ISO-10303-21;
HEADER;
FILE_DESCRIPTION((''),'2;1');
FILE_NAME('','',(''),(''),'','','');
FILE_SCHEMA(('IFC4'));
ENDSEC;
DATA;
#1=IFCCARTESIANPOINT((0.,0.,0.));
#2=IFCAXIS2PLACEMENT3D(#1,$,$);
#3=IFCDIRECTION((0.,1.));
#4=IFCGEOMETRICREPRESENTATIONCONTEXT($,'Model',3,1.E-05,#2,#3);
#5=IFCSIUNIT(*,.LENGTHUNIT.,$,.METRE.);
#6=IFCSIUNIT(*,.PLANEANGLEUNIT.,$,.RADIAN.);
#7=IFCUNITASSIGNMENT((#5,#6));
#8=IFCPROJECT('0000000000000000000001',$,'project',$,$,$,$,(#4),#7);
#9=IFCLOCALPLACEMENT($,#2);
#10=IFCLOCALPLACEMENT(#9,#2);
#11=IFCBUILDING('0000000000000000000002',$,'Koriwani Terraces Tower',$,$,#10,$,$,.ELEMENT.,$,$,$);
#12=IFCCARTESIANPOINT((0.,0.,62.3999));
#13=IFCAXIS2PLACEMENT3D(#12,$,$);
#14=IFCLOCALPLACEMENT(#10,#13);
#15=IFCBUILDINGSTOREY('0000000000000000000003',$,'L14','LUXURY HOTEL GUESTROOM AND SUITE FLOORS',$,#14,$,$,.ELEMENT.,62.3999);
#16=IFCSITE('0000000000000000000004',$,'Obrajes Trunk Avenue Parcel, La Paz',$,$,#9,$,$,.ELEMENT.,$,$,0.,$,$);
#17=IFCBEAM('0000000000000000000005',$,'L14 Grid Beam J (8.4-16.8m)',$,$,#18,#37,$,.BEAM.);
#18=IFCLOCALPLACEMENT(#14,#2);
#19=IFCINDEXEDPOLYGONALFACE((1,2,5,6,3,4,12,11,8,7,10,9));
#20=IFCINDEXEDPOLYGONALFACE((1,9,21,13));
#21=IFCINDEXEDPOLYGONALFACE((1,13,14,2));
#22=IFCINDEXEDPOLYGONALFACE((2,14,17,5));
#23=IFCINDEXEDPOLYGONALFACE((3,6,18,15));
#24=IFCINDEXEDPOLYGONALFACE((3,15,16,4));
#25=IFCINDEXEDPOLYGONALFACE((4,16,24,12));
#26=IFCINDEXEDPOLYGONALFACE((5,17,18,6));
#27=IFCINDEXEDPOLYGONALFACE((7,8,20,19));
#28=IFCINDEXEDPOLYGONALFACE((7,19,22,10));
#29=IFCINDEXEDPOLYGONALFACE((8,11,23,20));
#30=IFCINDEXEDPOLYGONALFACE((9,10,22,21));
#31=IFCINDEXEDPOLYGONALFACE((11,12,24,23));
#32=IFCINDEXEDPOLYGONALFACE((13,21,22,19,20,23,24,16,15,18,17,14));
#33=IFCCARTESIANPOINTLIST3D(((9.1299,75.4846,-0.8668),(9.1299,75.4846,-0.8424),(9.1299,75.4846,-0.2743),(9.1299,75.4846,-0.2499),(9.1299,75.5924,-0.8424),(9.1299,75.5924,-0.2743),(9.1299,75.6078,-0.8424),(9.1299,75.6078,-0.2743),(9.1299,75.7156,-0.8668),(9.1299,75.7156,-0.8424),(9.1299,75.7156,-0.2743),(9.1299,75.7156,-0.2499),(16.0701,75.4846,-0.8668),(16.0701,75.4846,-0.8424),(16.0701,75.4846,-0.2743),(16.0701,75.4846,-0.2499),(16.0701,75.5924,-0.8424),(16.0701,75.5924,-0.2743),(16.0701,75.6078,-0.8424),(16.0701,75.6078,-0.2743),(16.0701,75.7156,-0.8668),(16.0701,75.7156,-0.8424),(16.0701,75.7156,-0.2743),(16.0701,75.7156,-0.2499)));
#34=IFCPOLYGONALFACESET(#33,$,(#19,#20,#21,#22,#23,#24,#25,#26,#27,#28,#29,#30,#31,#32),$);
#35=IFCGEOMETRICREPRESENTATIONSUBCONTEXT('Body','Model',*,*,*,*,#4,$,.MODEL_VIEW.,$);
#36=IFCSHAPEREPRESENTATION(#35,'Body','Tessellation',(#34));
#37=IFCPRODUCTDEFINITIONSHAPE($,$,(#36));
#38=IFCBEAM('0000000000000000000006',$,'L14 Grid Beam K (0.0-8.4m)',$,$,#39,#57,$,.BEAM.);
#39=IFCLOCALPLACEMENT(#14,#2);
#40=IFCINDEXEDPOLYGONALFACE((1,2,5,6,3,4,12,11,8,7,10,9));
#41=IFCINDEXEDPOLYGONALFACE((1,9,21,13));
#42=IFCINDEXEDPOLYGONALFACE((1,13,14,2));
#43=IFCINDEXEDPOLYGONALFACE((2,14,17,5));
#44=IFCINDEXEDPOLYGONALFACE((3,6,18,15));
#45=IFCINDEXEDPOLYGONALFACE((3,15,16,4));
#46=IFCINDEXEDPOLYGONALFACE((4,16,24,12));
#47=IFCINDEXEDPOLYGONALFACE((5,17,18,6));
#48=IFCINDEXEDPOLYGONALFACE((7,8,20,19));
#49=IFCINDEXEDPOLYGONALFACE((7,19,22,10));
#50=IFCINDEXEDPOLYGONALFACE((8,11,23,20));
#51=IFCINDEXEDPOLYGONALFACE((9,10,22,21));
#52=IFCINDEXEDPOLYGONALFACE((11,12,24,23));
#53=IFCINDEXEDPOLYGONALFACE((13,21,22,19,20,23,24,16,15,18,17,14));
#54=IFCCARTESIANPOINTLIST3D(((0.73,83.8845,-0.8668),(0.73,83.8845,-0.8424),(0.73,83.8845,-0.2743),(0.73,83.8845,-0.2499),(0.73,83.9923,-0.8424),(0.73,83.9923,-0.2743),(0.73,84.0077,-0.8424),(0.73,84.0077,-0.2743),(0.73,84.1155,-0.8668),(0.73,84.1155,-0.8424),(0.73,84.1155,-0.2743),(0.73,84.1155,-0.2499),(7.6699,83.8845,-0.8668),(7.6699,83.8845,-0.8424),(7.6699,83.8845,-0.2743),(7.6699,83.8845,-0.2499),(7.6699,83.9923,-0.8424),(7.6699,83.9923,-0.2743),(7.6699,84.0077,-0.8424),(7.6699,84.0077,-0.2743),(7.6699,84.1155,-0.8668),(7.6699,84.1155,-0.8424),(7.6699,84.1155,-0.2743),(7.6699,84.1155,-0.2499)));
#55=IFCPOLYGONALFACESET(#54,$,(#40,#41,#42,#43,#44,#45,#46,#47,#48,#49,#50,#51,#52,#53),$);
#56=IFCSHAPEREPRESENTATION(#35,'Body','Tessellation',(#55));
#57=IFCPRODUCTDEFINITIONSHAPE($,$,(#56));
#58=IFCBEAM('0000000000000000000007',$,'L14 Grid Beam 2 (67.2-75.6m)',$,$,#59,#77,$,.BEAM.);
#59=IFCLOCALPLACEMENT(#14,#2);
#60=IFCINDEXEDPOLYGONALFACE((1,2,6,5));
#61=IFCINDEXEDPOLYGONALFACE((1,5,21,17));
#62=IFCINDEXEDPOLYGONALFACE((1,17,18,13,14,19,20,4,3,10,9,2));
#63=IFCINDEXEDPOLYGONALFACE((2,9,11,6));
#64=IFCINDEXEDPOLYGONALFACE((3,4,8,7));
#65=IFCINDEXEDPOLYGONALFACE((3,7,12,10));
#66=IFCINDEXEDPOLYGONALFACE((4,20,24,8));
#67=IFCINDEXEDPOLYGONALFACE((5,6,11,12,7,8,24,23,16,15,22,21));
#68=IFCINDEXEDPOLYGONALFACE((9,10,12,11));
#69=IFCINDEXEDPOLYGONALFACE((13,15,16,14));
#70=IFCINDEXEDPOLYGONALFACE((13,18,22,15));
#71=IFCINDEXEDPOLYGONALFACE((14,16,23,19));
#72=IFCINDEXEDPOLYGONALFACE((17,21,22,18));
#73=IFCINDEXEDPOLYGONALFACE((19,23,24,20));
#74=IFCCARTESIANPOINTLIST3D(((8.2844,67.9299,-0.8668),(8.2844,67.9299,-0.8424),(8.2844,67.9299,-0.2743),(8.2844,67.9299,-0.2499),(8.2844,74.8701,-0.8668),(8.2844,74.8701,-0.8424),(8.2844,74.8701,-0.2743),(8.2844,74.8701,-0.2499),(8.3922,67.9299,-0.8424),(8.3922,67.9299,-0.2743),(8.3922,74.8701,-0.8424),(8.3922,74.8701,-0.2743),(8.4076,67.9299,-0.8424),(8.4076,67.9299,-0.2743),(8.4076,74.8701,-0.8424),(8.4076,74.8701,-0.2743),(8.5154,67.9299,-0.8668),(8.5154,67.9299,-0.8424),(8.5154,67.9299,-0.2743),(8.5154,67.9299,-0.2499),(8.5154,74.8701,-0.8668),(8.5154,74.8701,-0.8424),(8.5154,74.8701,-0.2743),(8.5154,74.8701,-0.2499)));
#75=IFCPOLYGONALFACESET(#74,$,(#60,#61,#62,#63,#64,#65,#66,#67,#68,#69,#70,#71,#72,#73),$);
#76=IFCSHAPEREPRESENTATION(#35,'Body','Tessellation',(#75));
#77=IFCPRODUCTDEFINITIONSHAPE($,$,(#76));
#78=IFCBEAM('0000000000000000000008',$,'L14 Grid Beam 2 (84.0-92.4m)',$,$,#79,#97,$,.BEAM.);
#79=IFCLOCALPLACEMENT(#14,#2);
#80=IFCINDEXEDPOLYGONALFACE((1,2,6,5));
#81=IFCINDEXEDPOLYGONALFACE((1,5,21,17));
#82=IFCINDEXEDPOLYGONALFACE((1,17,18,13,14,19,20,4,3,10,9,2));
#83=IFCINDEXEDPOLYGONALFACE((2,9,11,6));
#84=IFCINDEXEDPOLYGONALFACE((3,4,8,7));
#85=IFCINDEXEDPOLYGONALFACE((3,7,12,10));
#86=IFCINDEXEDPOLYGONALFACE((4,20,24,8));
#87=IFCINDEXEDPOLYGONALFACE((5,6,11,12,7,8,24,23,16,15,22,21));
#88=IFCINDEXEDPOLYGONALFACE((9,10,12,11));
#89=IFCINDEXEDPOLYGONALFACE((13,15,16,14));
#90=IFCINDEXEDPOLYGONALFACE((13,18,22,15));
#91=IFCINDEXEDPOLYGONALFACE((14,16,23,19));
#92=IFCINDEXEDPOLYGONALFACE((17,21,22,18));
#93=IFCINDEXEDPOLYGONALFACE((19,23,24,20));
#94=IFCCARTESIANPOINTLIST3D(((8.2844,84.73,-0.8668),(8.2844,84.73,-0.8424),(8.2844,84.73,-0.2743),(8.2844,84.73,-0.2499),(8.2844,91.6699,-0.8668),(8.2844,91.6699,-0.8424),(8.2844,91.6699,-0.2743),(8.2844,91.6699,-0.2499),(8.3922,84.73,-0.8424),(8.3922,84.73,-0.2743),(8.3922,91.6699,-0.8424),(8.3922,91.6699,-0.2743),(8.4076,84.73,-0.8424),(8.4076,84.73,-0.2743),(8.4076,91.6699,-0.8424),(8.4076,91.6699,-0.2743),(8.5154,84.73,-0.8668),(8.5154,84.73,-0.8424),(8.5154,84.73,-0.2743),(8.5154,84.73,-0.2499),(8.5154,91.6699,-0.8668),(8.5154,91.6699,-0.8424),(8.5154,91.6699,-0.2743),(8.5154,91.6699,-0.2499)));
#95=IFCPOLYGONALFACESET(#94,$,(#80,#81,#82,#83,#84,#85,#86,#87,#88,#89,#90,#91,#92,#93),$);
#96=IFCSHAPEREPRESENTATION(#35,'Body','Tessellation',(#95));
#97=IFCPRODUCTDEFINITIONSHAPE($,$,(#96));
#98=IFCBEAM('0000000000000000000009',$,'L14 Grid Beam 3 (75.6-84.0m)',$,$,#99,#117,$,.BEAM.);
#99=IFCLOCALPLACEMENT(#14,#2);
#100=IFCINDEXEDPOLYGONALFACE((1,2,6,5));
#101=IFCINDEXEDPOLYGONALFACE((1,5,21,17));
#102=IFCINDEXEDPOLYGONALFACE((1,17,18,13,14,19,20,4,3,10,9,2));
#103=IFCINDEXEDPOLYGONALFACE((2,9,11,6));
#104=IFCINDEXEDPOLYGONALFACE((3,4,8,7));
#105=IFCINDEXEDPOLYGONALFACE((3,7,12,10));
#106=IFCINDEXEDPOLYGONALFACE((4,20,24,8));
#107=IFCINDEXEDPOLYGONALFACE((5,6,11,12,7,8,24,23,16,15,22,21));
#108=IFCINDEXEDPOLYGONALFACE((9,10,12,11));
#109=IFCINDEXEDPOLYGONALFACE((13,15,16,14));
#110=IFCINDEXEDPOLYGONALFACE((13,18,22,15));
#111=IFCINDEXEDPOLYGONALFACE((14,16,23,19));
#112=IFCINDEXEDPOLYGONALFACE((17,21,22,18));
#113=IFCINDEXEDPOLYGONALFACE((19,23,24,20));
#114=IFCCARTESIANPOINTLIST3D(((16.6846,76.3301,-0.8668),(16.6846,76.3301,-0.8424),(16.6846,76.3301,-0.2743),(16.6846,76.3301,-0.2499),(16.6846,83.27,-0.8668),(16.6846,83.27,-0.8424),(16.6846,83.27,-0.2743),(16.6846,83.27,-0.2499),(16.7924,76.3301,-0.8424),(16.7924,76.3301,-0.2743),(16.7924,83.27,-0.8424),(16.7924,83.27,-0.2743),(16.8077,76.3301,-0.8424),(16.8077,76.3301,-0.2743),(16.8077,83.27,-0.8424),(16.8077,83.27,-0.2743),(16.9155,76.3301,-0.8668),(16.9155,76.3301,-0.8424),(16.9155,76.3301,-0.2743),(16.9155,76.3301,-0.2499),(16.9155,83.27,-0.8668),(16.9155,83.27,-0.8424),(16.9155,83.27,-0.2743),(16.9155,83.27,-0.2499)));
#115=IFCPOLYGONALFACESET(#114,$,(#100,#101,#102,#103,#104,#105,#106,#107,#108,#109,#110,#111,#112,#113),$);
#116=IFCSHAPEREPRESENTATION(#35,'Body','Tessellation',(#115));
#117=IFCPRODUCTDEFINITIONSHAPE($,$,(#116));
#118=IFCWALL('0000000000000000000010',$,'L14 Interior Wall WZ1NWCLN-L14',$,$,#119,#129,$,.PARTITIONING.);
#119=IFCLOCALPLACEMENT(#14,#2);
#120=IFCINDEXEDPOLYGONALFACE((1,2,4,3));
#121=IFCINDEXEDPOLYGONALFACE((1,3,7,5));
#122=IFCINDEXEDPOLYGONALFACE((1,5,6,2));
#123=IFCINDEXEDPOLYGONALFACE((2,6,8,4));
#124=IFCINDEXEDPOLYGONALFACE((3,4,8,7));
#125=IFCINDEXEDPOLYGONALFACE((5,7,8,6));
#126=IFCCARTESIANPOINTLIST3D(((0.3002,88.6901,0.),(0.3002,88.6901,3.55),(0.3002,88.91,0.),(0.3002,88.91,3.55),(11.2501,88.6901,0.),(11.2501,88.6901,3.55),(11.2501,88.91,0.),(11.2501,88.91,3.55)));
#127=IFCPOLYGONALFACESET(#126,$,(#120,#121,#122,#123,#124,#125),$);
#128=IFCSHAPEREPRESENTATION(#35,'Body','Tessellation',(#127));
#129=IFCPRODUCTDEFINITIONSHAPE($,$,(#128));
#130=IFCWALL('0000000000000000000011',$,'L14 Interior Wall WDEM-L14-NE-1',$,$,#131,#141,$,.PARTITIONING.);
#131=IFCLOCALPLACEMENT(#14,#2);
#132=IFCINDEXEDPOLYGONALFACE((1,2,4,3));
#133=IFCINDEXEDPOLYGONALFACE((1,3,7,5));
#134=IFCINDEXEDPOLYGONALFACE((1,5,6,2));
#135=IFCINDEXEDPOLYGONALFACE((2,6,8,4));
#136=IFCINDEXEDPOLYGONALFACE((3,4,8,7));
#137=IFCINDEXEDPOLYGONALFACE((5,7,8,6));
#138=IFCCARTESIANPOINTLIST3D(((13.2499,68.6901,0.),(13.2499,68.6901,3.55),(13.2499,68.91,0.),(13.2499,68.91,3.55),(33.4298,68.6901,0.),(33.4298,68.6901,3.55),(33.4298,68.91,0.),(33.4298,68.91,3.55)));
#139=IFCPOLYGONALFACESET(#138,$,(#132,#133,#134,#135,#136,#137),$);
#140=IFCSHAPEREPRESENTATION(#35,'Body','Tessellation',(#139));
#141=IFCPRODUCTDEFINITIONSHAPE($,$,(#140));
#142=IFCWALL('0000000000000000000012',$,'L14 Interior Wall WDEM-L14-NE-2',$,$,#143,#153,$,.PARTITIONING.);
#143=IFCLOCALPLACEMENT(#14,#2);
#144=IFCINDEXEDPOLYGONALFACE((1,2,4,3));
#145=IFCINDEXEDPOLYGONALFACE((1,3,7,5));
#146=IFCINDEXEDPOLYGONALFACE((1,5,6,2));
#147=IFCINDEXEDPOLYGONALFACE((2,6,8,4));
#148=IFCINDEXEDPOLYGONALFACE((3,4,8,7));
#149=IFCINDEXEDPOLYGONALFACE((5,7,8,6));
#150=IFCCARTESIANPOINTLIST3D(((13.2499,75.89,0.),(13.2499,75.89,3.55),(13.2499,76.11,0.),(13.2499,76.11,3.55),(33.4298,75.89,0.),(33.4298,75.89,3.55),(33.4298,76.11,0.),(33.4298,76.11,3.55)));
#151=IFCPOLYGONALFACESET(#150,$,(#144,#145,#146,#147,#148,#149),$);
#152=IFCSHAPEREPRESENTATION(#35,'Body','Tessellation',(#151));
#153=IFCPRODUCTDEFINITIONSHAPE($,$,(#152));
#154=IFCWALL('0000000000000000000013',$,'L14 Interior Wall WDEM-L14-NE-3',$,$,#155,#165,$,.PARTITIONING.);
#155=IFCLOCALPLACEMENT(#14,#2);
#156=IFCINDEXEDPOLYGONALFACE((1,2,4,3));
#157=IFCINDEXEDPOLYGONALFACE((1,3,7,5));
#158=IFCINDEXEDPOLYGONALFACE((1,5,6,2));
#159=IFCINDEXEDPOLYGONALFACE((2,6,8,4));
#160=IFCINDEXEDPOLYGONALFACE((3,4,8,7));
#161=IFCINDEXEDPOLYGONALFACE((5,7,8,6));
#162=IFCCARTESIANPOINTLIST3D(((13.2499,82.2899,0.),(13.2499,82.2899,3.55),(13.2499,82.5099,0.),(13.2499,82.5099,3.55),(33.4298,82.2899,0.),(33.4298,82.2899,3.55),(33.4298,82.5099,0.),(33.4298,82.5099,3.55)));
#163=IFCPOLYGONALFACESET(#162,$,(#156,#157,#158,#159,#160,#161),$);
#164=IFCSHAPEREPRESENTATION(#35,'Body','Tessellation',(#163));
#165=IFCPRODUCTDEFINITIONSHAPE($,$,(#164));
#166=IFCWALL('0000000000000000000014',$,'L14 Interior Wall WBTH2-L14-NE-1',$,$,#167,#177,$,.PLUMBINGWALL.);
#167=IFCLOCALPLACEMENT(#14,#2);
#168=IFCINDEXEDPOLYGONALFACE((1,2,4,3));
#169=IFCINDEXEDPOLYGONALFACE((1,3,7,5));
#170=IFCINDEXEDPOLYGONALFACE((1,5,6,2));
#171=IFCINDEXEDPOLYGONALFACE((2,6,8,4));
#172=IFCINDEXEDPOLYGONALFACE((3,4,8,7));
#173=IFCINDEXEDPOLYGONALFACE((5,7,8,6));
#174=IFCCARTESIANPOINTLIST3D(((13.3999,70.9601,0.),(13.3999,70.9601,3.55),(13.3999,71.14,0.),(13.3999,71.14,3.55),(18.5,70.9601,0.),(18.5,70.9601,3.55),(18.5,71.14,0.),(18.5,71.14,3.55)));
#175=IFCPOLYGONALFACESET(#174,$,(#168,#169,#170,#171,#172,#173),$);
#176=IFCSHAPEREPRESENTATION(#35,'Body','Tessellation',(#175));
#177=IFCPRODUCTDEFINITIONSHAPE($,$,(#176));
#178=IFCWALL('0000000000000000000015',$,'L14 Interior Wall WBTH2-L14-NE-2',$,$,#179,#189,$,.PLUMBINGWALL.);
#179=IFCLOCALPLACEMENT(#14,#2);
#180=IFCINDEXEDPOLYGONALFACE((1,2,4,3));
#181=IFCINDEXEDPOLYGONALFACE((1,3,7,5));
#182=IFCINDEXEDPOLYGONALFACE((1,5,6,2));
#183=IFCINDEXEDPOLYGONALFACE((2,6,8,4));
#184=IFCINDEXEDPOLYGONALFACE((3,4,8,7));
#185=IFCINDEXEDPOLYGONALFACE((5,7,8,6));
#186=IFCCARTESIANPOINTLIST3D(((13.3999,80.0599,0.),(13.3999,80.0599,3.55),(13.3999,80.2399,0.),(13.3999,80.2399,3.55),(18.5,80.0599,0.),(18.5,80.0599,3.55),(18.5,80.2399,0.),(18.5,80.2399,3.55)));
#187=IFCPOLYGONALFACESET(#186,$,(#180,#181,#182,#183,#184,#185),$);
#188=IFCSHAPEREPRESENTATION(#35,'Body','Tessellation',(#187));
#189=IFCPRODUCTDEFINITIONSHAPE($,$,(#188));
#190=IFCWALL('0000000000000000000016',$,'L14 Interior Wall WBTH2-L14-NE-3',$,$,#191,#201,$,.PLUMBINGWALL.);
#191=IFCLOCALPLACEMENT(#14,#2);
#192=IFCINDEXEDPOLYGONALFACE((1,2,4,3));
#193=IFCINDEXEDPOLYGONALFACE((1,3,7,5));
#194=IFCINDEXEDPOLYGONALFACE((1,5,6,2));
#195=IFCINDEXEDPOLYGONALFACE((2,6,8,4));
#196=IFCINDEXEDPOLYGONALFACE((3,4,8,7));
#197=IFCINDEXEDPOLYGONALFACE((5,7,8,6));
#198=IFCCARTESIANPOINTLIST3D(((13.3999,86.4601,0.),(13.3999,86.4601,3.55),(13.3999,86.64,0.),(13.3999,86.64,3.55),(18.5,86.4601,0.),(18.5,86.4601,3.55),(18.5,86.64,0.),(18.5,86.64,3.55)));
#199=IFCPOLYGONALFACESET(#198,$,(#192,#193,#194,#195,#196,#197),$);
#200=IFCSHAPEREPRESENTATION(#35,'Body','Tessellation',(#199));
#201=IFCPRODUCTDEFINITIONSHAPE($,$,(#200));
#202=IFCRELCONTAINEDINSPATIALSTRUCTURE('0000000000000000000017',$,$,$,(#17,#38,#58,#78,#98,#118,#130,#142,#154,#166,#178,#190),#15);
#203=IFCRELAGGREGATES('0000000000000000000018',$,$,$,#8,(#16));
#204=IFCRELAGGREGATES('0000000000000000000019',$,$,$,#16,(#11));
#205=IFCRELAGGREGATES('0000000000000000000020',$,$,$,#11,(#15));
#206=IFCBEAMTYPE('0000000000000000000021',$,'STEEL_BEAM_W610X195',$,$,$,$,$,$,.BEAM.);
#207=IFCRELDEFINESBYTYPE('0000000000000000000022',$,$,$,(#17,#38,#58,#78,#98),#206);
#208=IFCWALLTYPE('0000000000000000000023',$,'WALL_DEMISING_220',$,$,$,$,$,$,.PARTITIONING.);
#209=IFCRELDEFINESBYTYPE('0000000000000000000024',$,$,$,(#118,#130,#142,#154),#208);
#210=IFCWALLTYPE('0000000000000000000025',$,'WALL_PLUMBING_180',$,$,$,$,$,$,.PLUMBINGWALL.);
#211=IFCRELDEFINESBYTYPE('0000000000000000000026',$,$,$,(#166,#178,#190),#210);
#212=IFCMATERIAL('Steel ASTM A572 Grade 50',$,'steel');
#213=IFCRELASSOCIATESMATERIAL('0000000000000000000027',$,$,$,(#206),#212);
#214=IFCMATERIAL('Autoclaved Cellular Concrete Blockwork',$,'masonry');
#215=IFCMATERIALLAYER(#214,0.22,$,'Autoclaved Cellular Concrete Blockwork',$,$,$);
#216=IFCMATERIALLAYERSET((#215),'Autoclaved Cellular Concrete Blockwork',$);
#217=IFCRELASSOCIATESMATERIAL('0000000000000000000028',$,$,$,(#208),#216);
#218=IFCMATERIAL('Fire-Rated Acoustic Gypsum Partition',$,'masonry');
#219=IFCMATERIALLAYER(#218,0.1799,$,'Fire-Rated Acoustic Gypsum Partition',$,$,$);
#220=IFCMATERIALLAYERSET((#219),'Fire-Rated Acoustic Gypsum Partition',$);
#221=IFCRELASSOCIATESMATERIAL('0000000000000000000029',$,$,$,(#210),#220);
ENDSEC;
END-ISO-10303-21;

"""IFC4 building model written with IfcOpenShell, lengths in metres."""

from ifc_helpers import new_model, si_unit, direction, frame, frame_2d, origin, origin_2d, place, context, subcontext, project, spatial, rectangle, i_section, extrude, material, layer, layer_set, material_profile, profile_set, type_object, element, save


model = new_model("IFC4")

# Units and contexts
model_context = context("Model", 3, precision=1e-05, world=origin(), true_north=direction((0.0, 1.0)))
body_context = subcontext(model_context, "Body", "Model", "MODEL_VIEW")
ifc_project = project(units=[si_unit("LENGTHUNIT", "METRE"), si_unit("PLANEANGLEUNIT", "RADIAN")], contexts=[model_context])

# Site, building, storey
site_placement = place(None, origin())
site = spatial("IfcSite", under=ifc_project, at=site_placement, Name="Obrajes Trunk Avenue Parcel, La Paz", CompositionType="ELEMENT", RefElevation=0.0)
building_placement = place(site_placement, origin())
building = spatial("IfcBuilding", under=site, at=building_placement, Name="Koriwani Terraces Tower", CompositionType="ELEMENT")
storey_placement = place(building_placement, frame((0.0, 0.0, 62.3999)))
storey = spatial("IfcBuildingStorey", under=building, at=storey_placement, Name="L14", Description="LUXURY HOTEL GUESTROOM AND SUITE FLOORS", CompositionType="ELEMENT", Elevation=62.3999)

# Beams
ifc_material_1 = material(Name="Steel ASTM A572 Grade 50", Category="steel")
ifc_material_profile_1 = material_profile(ifc_material_1, i_section(OverallWidth=0.231, OverallDepth=0.6169, WebThickness=0.0154, FlangeThickness=0.0244, at=origin_2d()), Name="Steel ASTM A572 Grade 50", Category="LoadBearing")
ifc_profile_set_1 = profile_set([ifc_material_profile_1], Name="Steel ASTM A572 Grade 50")
beam_type_1 = type_object("IfcBeamType", Name="STEEL_BEAM_W610X195", PredefinedType="BEAM", material=ifc_profile_set_1)
beam_1_placement = place(storey_placement, frame((9.1299, 75.6001, -0.5583), z_axis=(1.0, 0.0, 0.0), x_axis=(0.0, 1.0, 0.0)))
element("IfcBeam", 1, at=beam_1_placement, inside=storey, type_object=beam_type_1, Name="L14 Grid Beam J (8.4-16.8m)", PredefinedType="BEAM", context=body_context, shape_type="SweptSolid", body=[
    extrude(i_section(OverallWidth=0.231, OverallDepth=0.6169, WebThickness=0.0154, FlangeThickness=0.0244, at=origin_2d()), origin(), (0.0, 0.0, 1.0), 6.9402),
])
beam_2_placement = place(storey_placement, frame((0.73, 84.0, -0.5583), z_axis=(1.0, 0.0, 0.0), x_axis=(0.0, 1.0, 0.0)))
element("IfcBeam", 2, at=beam_2_placement, inside=storey, type_object=beam_type_1, Name="L14 Grid Beam K (0.0-8.4m)", PredefinedType="BEAM", context=body_context, shape_type="SweptSolid", body=[
    extrude(i_section(OverallWidth=0.231, OverallDepth=0.6169, WebThickness=0.0154, FlangeThickness=0.0244, at=origin_2d()), origin(), (0.0, 0.0, 1.0), 6.9399),
])
beam_3_placement = place(storey_placement, frame((8.3999, 67.9299, -0.5583), z_axis=(0.0, 1.0, 0.0), x_axis=(-1.0, 0.0, 0.0)))
element("IfcBeam", 3, at=beam_3_placement, inside=storey, type_object=beam_type_1, Name="L14 Grid Beam 2 (67.2-75.6m)", PredefinedType="BEAM", context=body_context, shape_type="SweptSolid", body=[
    extrude(i_section(OverallWidth=0.231, OverallDepth=0.6169, WebThickness=0.0154, FlangeThickness=0.0244, at=origin_2d()), origin(), (0.0, 0.0, 1.0), 6.9402),
])
for number, where, z_axis, x_axis, name in (
    (4, (8.3999, 84.73, -0.5583), (0.0, 1.0, 0.0), (-1.0, 0.0, 0.0), "L14 Grid Beam 2 (84.0-92.4m)"),
    (5, (16.8, 76.3301, -0.5583), (0.0, 1.0, 0.0), (-1.0, 0.0, 0.0), "L14 Grid Beam 3 (75.6-84.0m)"),
):
    element("IfcBeam", number, at=place(storey_placement, frame(where, z_axis=z_axis, x_axis=x_axis)), inside=storey, type_object=beam_type_1, Name=name, PredefinedType="BEAM", context=body_context, shape_type="SweptSolid", body=[
        extrude(i_section(OverallWidth=0.231, OverallDepth=0.6169, WebThickness=0.0154, FlangeThickness=0.0244, at=origin_2d()), origin(), (0.0, 0.0, 1.0), 6.9399),
    ])

# Walls
ifc_material_2 = material(Name="Autoclaved Cellular Concrete Blockwork", Category="masonry")
ifc_layer_1 = layer(ifc_material_2, 0.22, Name="Autoclaved Cellular Concrete Blockwork")
ifc_layer_set_1 = layer_set([ifc_layer_1], Name="Autoclaved Cellular Concrete Blockwork")
wall_type_1 = type_object("IfcWallType", Name="WALL_DEMISING_220", PredefinedType="PARTITIONING", material=ifc_layer_set_1)
wall_placement = place(storey_placement, frame((0.3, 88.8, 0.0), z_axis=(0.0, 0.0, 1.0), x_axis=(1.0, 0.0, 0.0)))
element("IfcWall", 6, at=wall_placement, inside=storey, type_object=wall_type_1, Name="L14 Interior Wall WZ1NWCLN-L14", PredefinedType="PARTITIONING", context=body_context, shape_type="SweptSolid", body=[
    extrude(rectangle(XDim=10.95, YDim=0.22, at=frame_2d((5.4751, 0.0))), origin(), (0.0, 0.0, 1.0), 3.55),
])
for number, where, z_axis, x_axis, name in (
    (7, (13.25, 68.8, 0.0), (0.0, 0.0, 1.0), (1.0, 0.0, 0.0), "L14 Interior Wall WDEM-L14-NE-1"),
    (8, (13.25, 76.0, 0.0), (0.0, 0.0, 1.0), (1.0, 0.0, 0.0), "L14 Interior Wall WDEM-L14-NE-2"),
    (9, (13.25, 82.3999, 0.0), (0.0, 0.0, 1.0), (1.0, 0.0, 0.0), "L14 Interior Wall WDEM-L14-NE-3"),
):
    element("IfcWall", number, at=place(storey_placement, frame(where, z_axis=z_axis, x_axis=x_axis)), inside=storey, type_object=wall_type_1, Name=name, PredefinedType="PARTITIONING", context=body_context, shape_type="SweptSolid", body=[
        extrude(rectangle(XDim=20.1799, YDim=0.22, at=frame_2d((10.0898, 0.0))), origin(), (0.0, 0.0, 1.0), 3.55),
    ])
ifc_material_3 = material(Name="Fire-Rated Acoustic Gypsum Partition", Category="masonry")
ifc_layer_2 = layer(ifc_material_3, 0.1799, Name="Fire-Rated Acoustic Gypsum Partition")
ifc_layer_set_2 = layer_set([ifc_layer_2], Name="Fire-Rated Acoustic Gypsum Partition")
wall_type_2 = type_object("IfcWallType", Name="WALL_PLUMBING_180", PredefinedType="PLUMBINGWALL", material=ifc_layer_set_2)
for number, where, z_axis, x_axis, name in (
    (10, (13.3999, 71.05, 0.0), (0.0, 0.0, 1.0), (1.0, 0.0, 0.0), "L14 Interior Wall WBTH2-L14-NE-1"),
    (11, (13.3999, 80.1499, 0.0), (0.0, 0.0, 1.0), (1.0, 0.0, 0.0), "L14 Interior Wall WBTH2-L14-NE-2"),
    (12, (13.3999, 86.55, 0.0), (0.0, 0.0, 1.0), (1.0, 0.0, 0.0), "L14 Interior Wall WBTH2-L14-NE-3"),
):
    element("IfcWall", number, at=place(storey_placement, frame(where, z_axis=z_axis, x_axis=x_axis)), inside=storey, type_object=wall_type_2, Name=name, PredefinedType="PLUMBINGWALL", context=body_context, shape_type="SweptSolid", body=[
        extrude(rectangle(XDim=5.1001, YDim=0.1799, at=frame_2d((2.55, 0.0))), origin(), (0.0, 0.0, 1.0), 3.55),
    ])

save(model, "model.ifc")
